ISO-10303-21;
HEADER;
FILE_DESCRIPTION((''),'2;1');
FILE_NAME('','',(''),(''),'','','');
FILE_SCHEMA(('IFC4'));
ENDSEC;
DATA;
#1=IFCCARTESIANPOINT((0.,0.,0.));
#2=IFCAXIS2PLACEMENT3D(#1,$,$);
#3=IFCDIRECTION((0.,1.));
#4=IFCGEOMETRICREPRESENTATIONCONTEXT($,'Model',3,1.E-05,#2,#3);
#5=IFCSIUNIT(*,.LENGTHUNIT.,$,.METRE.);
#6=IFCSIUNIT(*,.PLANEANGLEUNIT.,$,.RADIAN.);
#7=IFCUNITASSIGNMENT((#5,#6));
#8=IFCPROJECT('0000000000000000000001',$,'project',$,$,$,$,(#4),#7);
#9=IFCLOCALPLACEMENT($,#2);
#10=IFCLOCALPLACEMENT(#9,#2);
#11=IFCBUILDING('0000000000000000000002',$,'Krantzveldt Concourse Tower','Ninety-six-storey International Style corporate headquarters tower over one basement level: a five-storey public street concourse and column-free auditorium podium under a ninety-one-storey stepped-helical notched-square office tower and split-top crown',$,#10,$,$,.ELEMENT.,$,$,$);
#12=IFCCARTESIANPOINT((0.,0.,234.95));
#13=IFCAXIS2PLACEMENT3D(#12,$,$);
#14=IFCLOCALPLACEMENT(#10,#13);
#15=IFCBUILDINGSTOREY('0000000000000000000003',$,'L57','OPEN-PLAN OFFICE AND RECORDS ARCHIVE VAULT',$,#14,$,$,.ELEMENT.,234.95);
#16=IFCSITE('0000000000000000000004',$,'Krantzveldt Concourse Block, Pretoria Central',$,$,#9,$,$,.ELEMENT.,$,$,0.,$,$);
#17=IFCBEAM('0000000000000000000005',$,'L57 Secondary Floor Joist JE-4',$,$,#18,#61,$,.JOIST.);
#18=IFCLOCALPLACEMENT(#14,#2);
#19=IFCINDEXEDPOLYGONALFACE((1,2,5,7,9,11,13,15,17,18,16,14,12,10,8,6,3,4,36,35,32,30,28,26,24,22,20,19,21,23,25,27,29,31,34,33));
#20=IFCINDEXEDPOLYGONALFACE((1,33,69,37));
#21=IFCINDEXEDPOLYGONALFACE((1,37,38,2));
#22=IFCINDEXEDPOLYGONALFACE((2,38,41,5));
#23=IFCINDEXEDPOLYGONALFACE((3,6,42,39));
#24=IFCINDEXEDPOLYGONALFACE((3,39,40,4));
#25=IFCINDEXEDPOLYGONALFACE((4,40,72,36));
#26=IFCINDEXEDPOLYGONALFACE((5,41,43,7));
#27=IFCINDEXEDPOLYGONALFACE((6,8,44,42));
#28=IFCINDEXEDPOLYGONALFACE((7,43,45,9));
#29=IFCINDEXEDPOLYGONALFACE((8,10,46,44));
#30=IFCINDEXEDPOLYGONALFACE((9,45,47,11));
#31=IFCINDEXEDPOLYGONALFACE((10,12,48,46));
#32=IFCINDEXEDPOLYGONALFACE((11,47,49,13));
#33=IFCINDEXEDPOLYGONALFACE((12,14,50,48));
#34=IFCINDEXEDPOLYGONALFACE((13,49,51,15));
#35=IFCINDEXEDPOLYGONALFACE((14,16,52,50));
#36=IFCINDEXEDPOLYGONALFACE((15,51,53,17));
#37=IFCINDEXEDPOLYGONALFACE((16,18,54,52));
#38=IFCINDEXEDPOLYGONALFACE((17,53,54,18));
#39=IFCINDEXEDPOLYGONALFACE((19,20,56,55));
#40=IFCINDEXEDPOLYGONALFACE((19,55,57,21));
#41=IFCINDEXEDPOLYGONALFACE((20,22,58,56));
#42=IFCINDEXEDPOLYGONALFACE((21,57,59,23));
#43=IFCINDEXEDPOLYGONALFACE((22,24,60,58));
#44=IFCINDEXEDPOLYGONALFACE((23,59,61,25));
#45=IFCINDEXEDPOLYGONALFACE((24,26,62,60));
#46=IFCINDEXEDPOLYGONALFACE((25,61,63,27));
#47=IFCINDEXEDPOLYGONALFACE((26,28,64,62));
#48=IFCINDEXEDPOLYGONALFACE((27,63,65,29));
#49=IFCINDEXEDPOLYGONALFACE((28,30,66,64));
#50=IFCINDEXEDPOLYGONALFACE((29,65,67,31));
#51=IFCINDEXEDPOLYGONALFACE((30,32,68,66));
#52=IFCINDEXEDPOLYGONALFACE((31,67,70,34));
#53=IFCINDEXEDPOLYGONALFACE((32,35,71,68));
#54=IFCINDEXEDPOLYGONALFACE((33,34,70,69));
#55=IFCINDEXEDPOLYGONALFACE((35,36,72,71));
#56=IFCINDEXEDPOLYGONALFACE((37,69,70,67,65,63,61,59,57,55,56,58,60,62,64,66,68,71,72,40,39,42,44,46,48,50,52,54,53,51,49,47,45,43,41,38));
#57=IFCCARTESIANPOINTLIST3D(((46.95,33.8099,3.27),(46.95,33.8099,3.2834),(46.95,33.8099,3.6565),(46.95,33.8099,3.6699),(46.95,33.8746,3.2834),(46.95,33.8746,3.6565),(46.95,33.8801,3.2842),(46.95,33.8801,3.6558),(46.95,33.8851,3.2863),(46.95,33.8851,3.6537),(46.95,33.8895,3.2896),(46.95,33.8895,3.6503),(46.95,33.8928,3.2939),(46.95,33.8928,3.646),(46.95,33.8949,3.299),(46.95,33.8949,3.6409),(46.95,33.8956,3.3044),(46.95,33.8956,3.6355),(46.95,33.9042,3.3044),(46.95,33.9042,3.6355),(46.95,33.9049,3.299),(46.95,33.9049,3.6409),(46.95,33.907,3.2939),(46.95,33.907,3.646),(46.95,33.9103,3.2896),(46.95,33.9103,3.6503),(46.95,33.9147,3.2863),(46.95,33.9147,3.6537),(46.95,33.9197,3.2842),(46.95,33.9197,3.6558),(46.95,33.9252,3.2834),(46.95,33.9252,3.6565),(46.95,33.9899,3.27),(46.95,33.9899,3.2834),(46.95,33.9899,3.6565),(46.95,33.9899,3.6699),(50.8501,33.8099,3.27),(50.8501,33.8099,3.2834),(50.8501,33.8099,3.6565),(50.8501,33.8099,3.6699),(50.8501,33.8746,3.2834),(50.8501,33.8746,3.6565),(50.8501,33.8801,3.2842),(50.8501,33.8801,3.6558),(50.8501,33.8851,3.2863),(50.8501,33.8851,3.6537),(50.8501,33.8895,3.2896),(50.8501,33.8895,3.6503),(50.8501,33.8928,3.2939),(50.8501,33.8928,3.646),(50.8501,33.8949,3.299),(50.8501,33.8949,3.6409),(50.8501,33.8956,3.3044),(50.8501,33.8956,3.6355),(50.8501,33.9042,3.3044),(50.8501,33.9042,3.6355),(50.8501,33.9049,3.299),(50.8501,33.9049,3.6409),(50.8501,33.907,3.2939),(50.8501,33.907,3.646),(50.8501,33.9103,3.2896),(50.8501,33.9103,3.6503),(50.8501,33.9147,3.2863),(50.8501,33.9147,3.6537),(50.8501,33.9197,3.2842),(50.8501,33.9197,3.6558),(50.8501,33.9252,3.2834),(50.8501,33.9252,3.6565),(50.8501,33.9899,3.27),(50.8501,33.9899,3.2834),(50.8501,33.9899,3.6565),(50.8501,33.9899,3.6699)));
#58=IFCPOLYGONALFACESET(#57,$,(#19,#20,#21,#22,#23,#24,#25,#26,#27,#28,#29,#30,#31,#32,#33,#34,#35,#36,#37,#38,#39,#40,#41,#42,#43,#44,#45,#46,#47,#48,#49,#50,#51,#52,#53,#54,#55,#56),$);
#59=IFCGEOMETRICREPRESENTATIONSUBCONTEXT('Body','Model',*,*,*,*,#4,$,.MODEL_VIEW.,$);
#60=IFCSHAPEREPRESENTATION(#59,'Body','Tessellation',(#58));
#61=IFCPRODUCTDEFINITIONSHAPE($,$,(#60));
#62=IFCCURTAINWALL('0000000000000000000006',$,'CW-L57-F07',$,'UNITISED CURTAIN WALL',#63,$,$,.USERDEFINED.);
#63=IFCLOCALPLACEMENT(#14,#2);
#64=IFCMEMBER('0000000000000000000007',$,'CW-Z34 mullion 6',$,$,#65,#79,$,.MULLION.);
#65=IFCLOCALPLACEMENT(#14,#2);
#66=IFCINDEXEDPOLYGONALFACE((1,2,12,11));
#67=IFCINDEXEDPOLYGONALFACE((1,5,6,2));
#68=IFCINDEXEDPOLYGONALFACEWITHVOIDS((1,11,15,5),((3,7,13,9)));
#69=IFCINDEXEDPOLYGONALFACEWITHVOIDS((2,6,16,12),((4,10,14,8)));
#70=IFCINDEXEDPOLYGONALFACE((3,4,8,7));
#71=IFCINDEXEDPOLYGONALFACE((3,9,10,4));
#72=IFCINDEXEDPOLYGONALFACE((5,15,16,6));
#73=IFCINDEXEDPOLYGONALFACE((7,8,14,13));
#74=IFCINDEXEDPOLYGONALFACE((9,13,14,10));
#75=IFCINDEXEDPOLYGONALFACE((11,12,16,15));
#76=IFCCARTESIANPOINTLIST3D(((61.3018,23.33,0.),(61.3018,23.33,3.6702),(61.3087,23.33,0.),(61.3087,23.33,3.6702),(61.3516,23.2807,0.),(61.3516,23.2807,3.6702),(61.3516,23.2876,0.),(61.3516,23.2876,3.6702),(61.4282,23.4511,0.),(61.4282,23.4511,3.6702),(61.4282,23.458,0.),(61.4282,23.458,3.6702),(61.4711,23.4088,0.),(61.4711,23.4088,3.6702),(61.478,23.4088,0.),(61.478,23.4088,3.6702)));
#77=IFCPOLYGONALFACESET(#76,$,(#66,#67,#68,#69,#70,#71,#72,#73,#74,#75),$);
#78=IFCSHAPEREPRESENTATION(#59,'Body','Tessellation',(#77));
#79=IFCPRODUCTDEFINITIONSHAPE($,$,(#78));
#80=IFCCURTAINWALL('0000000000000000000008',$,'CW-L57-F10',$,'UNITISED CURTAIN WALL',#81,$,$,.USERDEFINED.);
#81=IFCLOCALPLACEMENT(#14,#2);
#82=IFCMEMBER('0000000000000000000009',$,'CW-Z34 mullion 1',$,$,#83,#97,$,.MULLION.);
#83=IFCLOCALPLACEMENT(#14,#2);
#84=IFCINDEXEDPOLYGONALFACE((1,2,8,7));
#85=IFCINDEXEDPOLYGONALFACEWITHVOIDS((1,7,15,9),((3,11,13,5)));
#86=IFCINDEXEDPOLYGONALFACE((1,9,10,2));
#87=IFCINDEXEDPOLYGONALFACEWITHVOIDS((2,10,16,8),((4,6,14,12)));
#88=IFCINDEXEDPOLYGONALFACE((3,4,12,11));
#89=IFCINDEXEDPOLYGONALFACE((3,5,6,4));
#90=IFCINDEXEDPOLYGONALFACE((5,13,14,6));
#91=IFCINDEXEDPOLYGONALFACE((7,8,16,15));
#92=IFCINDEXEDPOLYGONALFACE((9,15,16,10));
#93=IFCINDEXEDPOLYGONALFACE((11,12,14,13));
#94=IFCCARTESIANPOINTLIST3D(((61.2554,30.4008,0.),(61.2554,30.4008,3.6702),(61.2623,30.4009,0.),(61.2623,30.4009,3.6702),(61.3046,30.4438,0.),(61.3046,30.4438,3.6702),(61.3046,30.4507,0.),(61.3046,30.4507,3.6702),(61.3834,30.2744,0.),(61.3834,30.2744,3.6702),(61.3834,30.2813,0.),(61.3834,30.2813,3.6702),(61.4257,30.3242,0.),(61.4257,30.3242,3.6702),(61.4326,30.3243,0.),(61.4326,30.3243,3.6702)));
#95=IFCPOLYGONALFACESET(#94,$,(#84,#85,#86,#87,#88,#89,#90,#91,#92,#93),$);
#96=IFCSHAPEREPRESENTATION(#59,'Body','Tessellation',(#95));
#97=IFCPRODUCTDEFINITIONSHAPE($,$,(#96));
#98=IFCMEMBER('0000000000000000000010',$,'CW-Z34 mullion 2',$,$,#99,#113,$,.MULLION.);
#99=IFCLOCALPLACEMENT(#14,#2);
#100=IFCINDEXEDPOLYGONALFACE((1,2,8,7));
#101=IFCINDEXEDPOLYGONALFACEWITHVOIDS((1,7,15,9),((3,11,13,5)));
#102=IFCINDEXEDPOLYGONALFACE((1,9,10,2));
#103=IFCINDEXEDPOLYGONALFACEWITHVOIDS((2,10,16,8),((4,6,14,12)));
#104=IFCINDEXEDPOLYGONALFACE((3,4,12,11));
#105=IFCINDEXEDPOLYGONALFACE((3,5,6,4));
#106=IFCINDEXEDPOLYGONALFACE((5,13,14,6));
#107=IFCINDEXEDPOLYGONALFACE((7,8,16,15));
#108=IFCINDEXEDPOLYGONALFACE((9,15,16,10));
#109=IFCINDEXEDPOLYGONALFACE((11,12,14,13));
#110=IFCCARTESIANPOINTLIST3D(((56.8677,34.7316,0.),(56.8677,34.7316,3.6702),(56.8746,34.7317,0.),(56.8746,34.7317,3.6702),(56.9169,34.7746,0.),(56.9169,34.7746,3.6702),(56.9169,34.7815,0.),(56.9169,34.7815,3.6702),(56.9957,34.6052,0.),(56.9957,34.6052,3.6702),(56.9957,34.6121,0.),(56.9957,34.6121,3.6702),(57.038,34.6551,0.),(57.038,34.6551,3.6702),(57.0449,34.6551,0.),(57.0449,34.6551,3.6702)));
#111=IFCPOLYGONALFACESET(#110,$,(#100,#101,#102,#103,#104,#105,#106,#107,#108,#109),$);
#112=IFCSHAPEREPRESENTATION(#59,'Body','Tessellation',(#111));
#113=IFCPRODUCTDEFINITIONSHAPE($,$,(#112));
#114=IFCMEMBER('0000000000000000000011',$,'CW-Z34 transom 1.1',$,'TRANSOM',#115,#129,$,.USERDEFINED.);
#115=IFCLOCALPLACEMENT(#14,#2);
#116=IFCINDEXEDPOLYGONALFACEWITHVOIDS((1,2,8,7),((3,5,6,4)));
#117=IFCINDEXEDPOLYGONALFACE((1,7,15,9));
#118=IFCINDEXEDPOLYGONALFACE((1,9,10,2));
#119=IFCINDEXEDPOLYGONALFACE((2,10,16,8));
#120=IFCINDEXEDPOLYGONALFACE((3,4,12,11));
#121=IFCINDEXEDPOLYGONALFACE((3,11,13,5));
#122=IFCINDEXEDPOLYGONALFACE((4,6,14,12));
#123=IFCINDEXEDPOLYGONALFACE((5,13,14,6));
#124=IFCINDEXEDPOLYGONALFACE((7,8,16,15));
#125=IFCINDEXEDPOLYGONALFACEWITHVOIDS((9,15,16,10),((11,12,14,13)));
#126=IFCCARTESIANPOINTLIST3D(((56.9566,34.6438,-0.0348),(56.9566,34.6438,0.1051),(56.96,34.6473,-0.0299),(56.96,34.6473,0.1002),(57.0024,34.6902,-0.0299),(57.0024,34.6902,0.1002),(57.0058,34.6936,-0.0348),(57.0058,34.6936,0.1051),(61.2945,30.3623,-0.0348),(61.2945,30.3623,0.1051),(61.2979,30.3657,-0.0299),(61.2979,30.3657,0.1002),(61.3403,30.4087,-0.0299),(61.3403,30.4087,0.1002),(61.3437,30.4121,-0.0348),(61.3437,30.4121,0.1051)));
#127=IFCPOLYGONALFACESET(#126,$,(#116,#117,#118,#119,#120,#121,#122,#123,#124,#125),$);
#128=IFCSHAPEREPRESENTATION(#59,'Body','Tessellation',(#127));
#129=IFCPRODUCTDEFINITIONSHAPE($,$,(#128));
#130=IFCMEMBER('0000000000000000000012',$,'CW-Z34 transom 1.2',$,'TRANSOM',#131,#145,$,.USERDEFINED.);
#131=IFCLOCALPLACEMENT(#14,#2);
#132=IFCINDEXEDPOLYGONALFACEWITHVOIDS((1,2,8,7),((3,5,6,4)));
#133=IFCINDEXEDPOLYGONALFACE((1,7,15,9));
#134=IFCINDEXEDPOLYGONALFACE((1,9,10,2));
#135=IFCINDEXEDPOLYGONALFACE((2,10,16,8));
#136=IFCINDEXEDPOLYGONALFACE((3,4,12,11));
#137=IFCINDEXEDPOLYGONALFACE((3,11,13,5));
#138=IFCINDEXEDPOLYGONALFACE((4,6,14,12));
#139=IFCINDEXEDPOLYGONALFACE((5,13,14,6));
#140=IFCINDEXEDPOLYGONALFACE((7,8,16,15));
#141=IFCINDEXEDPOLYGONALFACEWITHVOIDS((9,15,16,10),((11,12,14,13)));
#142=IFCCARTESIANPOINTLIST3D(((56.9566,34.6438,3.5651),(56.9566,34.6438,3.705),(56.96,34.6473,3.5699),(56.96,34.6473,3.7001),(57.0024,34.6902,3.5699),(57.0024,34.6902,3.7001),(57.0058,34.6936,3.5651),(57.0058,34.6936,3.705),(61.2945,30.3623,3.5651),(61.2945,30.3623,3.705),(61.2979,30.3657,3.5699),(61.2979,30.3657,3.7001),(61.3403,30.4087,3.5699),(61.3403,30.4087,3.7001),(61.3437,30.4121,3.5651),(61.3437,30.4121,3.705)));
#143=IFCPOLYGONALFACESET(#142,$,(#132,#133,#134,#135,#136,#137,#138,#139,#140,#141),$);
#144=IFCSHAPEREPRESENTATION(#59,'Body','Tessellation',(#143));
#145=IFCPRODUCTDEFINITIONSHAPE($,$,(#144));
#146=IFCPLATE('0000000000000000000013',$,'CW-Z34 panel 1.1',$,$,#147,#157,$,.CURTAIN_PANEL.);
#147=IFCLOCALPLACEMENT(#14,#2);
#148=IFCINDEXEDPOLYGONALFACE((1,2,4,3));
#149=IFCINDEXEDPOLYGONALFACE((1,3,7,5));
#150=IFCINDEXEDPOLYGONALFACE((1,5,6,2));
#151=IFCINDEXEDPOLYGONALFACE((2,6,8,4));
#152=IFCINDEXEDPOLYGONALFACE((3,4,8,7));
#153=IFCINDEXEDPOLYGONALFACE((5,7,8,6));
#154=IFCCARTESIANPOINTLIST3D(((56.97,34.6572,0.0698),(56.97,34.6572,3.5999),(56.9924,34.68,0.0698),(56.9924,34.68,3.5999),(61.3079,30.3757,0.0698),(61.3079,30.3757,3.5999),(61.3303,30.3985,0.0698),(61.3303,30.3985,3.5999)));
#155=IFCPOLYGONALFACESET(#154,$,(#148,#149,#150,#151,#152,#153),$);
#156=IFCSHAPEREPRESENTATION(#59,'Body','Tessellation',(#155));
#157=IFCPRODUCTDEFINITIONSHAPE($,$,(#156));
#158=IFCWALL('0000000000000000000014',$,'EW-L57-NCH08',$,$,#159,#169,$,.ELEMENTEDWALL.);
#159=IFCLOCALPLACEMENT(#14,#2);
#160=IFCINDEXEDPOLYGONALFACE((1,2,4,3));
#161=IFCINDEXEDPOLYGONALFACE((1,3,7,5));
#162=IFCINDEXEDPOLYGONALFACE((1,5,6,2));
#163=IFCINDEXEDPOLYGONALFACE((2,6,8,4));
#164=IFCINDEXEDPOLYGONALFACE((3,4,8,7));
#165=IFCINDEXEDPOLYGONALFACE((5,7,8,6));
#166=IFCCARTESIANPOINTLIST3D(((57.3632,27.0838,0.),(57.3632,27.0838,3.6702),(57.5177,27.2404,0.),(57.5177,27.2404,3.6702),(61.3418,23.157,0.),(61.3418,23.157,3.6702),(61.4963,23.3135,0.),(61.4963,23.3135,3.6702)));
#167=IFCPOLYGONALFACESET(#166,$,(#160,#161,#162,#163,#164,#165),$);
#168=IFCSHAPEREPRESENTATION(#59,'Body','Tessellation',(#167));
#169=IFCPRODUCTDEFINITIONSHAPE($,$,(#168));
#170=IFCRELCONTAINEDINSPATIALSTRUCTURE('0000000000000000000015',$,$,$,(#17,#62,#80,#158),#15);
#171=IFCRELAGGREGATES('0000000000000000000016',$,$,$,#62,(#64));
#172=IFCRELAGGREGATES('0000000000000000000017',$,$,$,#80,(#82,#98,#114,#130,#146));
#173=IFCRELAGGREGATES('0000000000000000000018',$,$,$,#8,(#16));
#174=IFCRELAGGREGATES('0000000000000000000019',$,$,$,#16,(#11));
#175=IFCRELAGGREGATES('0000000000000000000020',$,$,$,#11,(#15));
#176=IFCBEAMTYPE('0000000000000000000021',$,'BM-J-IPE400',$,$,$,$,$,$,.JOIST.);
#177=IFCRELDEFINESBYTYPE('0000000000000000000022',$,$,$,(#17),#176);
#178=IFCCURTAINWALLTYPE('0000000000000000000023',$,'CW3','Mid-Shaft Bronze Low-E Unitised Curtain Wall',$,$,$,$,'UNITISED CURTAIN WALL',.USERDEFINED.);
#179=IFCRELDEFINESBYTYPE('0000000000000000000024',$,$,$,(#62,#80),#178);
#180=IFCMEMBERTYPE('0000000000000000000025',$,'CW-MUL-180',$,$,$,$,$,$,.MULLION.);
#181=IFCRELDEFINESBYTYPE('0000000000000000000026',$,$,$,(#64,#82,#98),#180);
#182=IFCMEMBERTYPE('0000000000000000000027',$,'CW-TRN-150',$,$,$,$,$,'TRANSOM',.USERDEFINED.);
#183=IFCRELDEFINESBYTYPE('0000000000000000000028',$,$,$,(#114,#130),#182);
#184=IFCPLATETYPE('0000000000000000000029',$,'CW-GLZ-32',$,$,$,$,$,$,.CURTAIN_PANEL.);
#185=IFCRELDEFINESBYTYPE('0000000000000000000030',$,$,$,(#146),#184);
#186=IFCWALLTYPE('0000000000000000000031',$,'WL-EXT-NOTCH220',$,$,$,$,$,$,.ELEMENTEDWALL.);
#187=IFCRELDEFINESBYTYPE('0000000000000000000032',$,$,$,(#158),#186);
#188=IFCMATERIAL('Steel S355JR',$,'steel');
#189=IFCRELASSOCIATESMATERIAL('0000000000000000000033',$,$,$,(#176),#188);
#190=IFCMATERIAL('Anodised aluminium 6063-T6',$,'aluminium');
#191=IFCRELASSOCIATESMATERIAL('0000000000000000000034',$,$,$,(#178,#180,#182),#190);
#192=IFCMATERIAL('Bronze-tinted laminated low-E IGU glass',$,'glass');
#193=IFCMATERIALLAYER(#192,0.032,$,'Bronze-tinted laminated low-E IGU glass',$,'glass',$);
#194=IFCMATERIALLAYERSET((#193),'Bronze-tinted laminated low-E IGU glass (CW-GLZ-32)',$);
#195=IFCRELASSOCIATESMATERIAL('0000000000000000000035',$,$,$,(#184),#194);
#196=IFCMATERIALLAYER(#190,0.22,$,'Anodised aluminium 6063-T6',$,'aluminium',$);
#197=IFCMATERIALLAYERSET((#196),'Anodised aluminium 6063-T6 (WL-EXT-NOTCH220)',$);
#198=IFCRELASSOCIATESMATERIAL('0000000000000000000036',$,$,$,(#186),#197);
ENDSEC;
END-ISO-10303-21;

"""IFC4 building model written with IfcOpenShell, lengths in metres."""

from ifc_helpers import new_model, si_unit, direction, frame, frame_2d, origin, origin_2d, place, context, subcontext, project, spatial, rectangle, hollow_rectangle, i_section, extrude, source, transform, mapped, material, layer, layer_set, material_profile, profile_set, type_object, type_shapes, element, aggregate, save


model = new_model("IFC4")

# Units and contexts
model_context = context("Model", 3, precision=1e-05, world=origin(), true_north=direction((0.0, 1.0)))
body_context = subcontext(model_context, "Body", "Model", "MODEL_VIEW")
ifc_project = project(units=[si_unit("LENGTHUNIT", "METRE"), si_unit("PLANEANGLEUNIT", "RADIAN")], contexts=[model_context])

# Site, building, storey
site_placement = place(None, origin())
site = spatial("IfcSite", under=ifc_project, at=site_placement, Name="Krantzveldt Concourse Block, Pretoria Central", CompositionType="ELEMENT", RefElevation=0.0)
building_placement = place(site_placement, origin())
building = spatial("IfcBuilding", under=site, at=building_placement, Name="Krantzveldt Concourse Tower", Description="Ninety-six-storey International Style corporate headquarters tower over one basement level: a five-storey public street concourse and column-free auditorium podium under a ninety-one-storey stepped-helical notched-square office tower and split-top crown", CompositionType="ELEMENT")
storey_placement = place(building_placement, frame((0.0, 0.0, 234.95)))
storey = spatial("IfcBuildingStorey", under=building, at=storey_placement, Name="L57", Description="OPEN-PLAN OFFICE AND RECORDS ARCHIVE VAULT", CompositionType="ELEMENT", Elevation=234.95)

# Beam
ifc_material_1 = material(Name="Steel S355JR", Category="steel")
ifc_material_profile_1 = material_profile(ifc_material_1, i_section(OverallWidth=0.1799, OverallDepth=0.3999, WebThickness=0.0085, FlangeThickness=0.0134, FilletRadius=0.021, at=origin_2d()), Name="Steel S355JR", Category="steel")
ifc_profile_set_1 = profile_set([ifc_material_profile_1], Name="Steel S355JR - IPE 400")
beam_type_1 = type_object("IfcBeamType", Name="BM-J-IPE400", PredefinedType="JOIST", material=ifc_profile_set_1)
shared_shape_1 = source(origin(), body_context, "Body", "SweptSolid", [
    extrude(i_section(OverallWidth=0.1799, OverallDepth=0.3999, WebThickness=0.0085, FlangeThickness=0.0134, FilletRadius=0.021, at=origin_2d()), origin(), (0.0, 0.0, 1.0), 3.9001),
])
type_shapes(beam_type_1, [shared_shape_1])
for number, where, z_axis, x_axis, name in (
    (1, (46.95, 33.8999, 3.47), (1.0, 0.0, 0.0), (0.0, 1.0, 0.0), "L57 Secondary Floor Joist JE-4"),
):
    element("IfcBeam", number, at=place(storey_placement, frame(where, z_axis=z_axis, x_axis=x_axis)), inside=storey, type_object=beam_type_1, Name=name, PredefinedType="JOIST", context=body_context, shape_type="MappedRepresentation", body=[
        mapped(shared_shape_1, transform((0.0, 0.0, 0.0), x_axis=(1.0, 0.0, 0.0), y_axis=(0.0, 1.0, 0.0), z_axis=(0.0, 0.0, 1.0), scale=1.0)),
    ])

# Curtain wall, member
ifc_material_2 = material(Name="Anodised aluminium 6063-T6", Category="aluminium")
curtain_wall_type = type_object("IfcCurtainWallType", Name="CW3", Description="Mid-Shaft Bronze Low-E Unitised Curtain Wall", ElementType="UNITISED CURTAIN WALL", PredefinedType="USERDEFINED", material=ifc_material_2)
curtain_wall_1_placement = place(storey_placement, origin())
curtain_wall_1 = element("IfcCurtainWall", 2, at=curtain_wall_1_placement, inside=storey, type_object=curtain_wall_type, Name="CW-L57-F07", ObjectType="UNITISED CURTAIN WALL", PredefinedType="USERDEFINED")
ifc_material_profile_2 = material_profile(ifc_material_2, hollow_rectangle(XDim=0.0701, YDim=0.1799, WallThickness=0.0049, at=origin_2d()), Name="Anodised aluminium 6063-T6", Category="aluminium")
ifc_profile_set_2 = profile_set([ifc_material_profile_2], Name="Anodised aluminium 6063-T6 - ALU-MULL 180x70x5")
member_type_1 = type_object("IfcMemberType", Name="CW-MUL-180", PredefinedType="MULLION", material=ifc_profile_set_2)
shared_shape_2 = source(origin(), body_context, "Body", "SweptSolid", [
    extrude(hollow_rectangle(XDim=0.0701, YDim=0.1799, WallThickness=0.0049, at=origin_2d()), origin(), (0.0, 0.0, 1.0), 3.6702),
])
type_shapes(member_type_1, [shared_shape_2])
member_1_placement = place(storey_placement, frame((61.3899, 23.3694, 0.0), z_axis=(0.0, 0.0, 1.0), x_axis=(-0.71172, 0.702464, 0.0)))
member_1 = element("IfcMember", 3, at=member_1_placement, type_object=member_type_1, Name="CW-Z34 mullion 6", PredefinedType="MULLION", context=body_context, shape_type="MappedRepresentation", body=[
    mapped(shared_shape_2, transform((0.0, 0.0, 0.0), x_axis=(1.0, 0.0, 0.0), y_axis=(0.0, 1.0, 0.0), z_axis=(0.0, 0.0, 1.0), scale=1.0)),
])
aggregate(curtain_wall_1, [member_1])

# Curtain wall, members, plate
curtain_wall_2_placement = place(storey_placement, origin())
curtain_wall_2 = element("IfcCurtainWall", 4, at=curtain_wall_2_placement, inside=storey, type_object=curtain_wall_type, Name="CW-L57-F10", ObjectType="UNITISED CURTAIN WALL", PredefinedType="USERDEFINED")
member_2_placement = place(storey_placement, frame((61.344, 30.3625, 0.0), z_axis=(0.0, 0.0, 1.0), x_axis=(-0.702464, -0.71172, 0.0)))
member_2 = element("IfcMember", 5, at=member_2_placement, type_object=member_type_1, Name="CW-Z34 mullion 1", PredefinedType="MULLION", context=body_context, shape_type="MappedRepresentation", body=[
    mapped(shared_shape_2, transform((0.0, 0.0, 0.0), x_axis=(1.0, 0.0, 0.0), y_axis=(0.0, 1.0, 0.0), z_axis=(0.0, 0.0, 1.0), scale=1.0)),
])
member_3_placement = place(storey_placement, frame((56.9563, 34.6934, 0.0), z_axis=(0.0, 0.0, 1.0), x_axis=(-0.702464, -0.71172, 0.0)))
member_3 = element("IfcMember", 6, at=member_3_placement, type_object=member_type_1, Name="CW-Z34 mullion 2", PredefinedType="MULLION", context=body_context, shape_type="MappedRepresentation", body=[
    mapped(shared_shape_2, transform((0.0, 0.0, 0.0), x_axis=(1.0, 0.0, 0.0), y_axis=(0.0, 1.0, 0.0), z_axis=(0.0, 0.0, 1.0), scale=1.0)),
])
ifc_material_profile_3 = material_profile(ifc_material_2, hollow_rectangle(XDim=0.0701, YDim=0.1399, WallThickness=0.0049, at=origin_2d()), Name="Anodised aluminium 6063-T6", Category="aluminium")
ifc_profile_set_3 = profile_set([ifc_material_profile_3], Name="Anodised aluminium 6063-T6 - ALU-TRAN 140x70x5")
member_type_2 = type_object("IfcMemberType", Name="CW-TRN-150", ElementType="TRANSOM", PredefinedType="USERDEFINED", material=ifc_profile_set_3)
shared_shape_3 = source(origin(), body_context, "Body", "SweptSolid", [
    extrude(hollow_rectangle(XDim=0.0701, YDim=0.1399, WallThickness=0.0049, at=origin_2d()), origin(), (0.0, 0.0, 1.0), 6.095),
])
type_shapes(member_type_2, [shared_shape_3])
member_4_placement = place(storey_placement, frame((61.3191, 30.3872, 0.0352), z_axis=(-0.711718, 0.702465, 0.0), x_axis=(-0.702465, -0.711718, 0.0)))
member_4 = element("IfcMember", 7, at=member_4_placement, type_object=member_type_2, Name="CW-Z34 transom 1.1", ObjectType="TRANSOM", PredefinedType="USERDEFINED", context=body_context, shape_type="MappedRepresentation", body=[
    mapped(shared_shape_3, transform((0.0, 0.0, 0.0), x_axis=(1.0, 0.0, 0.0), y_axis=(0.0, 1.0, 0.0), z_axis=(0.0, 0.0, 1.0), scale=1.0)),
])
member_5_placement = place(storey_placement, frame((61.3191, 30.3872, 3.635), z_axis=(-0.711718, 0.702465, 0.0), x_axis=(-0.702465, -0.711718, 0.0)))
member_5 = element("IfcMember", 8, at=member_5_placement, type_object=member_type_2, Name="CW-Z34 transom 1.2", ObjectType="TRANSOM", PredefinedType="USERDEFINED", context=body_context, shape_type="MappedRepresentation", body=[
    mapped(shared_shape_3, transform((0.0, 0.0, 0.0), x_axis=(1.0, 0.0, 0.0), y_axis=(0.0, 1.0, 0.0), z_axis=(0.0, 0.0, 1.0), scale=1.0)),
])
ifc_material_3 = material(Name="Bronze-tinted laminated low-E IGU glass", Category="glass")
ifc_layer_1 = layer(ifc_material_3, 0.032, Name="Bronze-tinted laminated low-E IGU glass", Category="glass")
ifc_layer_set_1 = layer_set([ifc_layer_1], Name="Bronze-tinted laminated low-E IGU glass (CW-GLZ-32)")
plate_type = type_object("IfcPlateType", Name="CW-GLZ-32", PredefinedType="CURTAIN_PANEL", material=ifc_layer_set_1)
shared_shape_4 = source(origin(), body_context, "Body", "SweptSolid", [
    extrude(rectangle(XDim=6.095, YDim=0.032, at=origin_2d()), origin(), (0.0, 0.0, 1.0), 3.53),
])
type_shapes(plate_type, [shared_shape_4])
plate_placement = place(storey_placement, frame((59.1501, 32.5278, 0.0698), z_axis=(0.0, 0.0, 1.0), x_axis=(-0.71172, 0.702464, 0.0)))
plate = element("IfcPlate", 9, at=plate_placement, type_object=plate_type, Name="CW-Z34 panel 1.1", PredefinedType="CURTAIN_PANEL", context=body_context, shape_type="MappedRepresentation", body=[
    mapped(shared_shape_4, transform((0.0, 0.0, 0.0), x_axis=(1.0, 0.0, 0.0), y_axis=(0.0, 1.0, 0.0), z_axis=(0.0, 0.0, 1.0), scale=1.0)),
])
aggregate(curtain_wall_2, [member_2, member_3, member_4, member_5, plate])

# Wall
ifc_layer_2 = layer(ifc_material_2, 0.22, Name="Anodised aluminium 6063-T6", Category="aluminium")
ifc_layer_set_2 = layer_set([ifc_layer_2], Name="Anodised aluminium 6063-T6 (WL-EXT-NOTCH220)")
wall_type_1 = type_object("IfcWallType", Name="WL-EXT-NOTCH220", PredefinedType="ELEMENTEDWALL", material=ifc_layer_set_2)
wall_1_placement = place(storey_placement, frame((61.4189, 23.2354, 0.0), z_axis=(0.0, 0.0, 1.0), x_axis=(-0.711721, 0.702462, 0.0)))
element("IfcWall", 10, at=wall_1_placement, inside=storey, type_object=wall_type_1, Name="EW-L57-NCH08", PredefinedType="ELEMENTEDWALL", context=body_context, shape_type="SweptSolid", body=[
    extrude(rectangle(XDim=5.5901, YDim=0.22, at=frame_2d((2.7949, 0.0))), origin(), (0.0, 0.0, 1.0), 3.6702),
])

save(model, "model.ifc")
